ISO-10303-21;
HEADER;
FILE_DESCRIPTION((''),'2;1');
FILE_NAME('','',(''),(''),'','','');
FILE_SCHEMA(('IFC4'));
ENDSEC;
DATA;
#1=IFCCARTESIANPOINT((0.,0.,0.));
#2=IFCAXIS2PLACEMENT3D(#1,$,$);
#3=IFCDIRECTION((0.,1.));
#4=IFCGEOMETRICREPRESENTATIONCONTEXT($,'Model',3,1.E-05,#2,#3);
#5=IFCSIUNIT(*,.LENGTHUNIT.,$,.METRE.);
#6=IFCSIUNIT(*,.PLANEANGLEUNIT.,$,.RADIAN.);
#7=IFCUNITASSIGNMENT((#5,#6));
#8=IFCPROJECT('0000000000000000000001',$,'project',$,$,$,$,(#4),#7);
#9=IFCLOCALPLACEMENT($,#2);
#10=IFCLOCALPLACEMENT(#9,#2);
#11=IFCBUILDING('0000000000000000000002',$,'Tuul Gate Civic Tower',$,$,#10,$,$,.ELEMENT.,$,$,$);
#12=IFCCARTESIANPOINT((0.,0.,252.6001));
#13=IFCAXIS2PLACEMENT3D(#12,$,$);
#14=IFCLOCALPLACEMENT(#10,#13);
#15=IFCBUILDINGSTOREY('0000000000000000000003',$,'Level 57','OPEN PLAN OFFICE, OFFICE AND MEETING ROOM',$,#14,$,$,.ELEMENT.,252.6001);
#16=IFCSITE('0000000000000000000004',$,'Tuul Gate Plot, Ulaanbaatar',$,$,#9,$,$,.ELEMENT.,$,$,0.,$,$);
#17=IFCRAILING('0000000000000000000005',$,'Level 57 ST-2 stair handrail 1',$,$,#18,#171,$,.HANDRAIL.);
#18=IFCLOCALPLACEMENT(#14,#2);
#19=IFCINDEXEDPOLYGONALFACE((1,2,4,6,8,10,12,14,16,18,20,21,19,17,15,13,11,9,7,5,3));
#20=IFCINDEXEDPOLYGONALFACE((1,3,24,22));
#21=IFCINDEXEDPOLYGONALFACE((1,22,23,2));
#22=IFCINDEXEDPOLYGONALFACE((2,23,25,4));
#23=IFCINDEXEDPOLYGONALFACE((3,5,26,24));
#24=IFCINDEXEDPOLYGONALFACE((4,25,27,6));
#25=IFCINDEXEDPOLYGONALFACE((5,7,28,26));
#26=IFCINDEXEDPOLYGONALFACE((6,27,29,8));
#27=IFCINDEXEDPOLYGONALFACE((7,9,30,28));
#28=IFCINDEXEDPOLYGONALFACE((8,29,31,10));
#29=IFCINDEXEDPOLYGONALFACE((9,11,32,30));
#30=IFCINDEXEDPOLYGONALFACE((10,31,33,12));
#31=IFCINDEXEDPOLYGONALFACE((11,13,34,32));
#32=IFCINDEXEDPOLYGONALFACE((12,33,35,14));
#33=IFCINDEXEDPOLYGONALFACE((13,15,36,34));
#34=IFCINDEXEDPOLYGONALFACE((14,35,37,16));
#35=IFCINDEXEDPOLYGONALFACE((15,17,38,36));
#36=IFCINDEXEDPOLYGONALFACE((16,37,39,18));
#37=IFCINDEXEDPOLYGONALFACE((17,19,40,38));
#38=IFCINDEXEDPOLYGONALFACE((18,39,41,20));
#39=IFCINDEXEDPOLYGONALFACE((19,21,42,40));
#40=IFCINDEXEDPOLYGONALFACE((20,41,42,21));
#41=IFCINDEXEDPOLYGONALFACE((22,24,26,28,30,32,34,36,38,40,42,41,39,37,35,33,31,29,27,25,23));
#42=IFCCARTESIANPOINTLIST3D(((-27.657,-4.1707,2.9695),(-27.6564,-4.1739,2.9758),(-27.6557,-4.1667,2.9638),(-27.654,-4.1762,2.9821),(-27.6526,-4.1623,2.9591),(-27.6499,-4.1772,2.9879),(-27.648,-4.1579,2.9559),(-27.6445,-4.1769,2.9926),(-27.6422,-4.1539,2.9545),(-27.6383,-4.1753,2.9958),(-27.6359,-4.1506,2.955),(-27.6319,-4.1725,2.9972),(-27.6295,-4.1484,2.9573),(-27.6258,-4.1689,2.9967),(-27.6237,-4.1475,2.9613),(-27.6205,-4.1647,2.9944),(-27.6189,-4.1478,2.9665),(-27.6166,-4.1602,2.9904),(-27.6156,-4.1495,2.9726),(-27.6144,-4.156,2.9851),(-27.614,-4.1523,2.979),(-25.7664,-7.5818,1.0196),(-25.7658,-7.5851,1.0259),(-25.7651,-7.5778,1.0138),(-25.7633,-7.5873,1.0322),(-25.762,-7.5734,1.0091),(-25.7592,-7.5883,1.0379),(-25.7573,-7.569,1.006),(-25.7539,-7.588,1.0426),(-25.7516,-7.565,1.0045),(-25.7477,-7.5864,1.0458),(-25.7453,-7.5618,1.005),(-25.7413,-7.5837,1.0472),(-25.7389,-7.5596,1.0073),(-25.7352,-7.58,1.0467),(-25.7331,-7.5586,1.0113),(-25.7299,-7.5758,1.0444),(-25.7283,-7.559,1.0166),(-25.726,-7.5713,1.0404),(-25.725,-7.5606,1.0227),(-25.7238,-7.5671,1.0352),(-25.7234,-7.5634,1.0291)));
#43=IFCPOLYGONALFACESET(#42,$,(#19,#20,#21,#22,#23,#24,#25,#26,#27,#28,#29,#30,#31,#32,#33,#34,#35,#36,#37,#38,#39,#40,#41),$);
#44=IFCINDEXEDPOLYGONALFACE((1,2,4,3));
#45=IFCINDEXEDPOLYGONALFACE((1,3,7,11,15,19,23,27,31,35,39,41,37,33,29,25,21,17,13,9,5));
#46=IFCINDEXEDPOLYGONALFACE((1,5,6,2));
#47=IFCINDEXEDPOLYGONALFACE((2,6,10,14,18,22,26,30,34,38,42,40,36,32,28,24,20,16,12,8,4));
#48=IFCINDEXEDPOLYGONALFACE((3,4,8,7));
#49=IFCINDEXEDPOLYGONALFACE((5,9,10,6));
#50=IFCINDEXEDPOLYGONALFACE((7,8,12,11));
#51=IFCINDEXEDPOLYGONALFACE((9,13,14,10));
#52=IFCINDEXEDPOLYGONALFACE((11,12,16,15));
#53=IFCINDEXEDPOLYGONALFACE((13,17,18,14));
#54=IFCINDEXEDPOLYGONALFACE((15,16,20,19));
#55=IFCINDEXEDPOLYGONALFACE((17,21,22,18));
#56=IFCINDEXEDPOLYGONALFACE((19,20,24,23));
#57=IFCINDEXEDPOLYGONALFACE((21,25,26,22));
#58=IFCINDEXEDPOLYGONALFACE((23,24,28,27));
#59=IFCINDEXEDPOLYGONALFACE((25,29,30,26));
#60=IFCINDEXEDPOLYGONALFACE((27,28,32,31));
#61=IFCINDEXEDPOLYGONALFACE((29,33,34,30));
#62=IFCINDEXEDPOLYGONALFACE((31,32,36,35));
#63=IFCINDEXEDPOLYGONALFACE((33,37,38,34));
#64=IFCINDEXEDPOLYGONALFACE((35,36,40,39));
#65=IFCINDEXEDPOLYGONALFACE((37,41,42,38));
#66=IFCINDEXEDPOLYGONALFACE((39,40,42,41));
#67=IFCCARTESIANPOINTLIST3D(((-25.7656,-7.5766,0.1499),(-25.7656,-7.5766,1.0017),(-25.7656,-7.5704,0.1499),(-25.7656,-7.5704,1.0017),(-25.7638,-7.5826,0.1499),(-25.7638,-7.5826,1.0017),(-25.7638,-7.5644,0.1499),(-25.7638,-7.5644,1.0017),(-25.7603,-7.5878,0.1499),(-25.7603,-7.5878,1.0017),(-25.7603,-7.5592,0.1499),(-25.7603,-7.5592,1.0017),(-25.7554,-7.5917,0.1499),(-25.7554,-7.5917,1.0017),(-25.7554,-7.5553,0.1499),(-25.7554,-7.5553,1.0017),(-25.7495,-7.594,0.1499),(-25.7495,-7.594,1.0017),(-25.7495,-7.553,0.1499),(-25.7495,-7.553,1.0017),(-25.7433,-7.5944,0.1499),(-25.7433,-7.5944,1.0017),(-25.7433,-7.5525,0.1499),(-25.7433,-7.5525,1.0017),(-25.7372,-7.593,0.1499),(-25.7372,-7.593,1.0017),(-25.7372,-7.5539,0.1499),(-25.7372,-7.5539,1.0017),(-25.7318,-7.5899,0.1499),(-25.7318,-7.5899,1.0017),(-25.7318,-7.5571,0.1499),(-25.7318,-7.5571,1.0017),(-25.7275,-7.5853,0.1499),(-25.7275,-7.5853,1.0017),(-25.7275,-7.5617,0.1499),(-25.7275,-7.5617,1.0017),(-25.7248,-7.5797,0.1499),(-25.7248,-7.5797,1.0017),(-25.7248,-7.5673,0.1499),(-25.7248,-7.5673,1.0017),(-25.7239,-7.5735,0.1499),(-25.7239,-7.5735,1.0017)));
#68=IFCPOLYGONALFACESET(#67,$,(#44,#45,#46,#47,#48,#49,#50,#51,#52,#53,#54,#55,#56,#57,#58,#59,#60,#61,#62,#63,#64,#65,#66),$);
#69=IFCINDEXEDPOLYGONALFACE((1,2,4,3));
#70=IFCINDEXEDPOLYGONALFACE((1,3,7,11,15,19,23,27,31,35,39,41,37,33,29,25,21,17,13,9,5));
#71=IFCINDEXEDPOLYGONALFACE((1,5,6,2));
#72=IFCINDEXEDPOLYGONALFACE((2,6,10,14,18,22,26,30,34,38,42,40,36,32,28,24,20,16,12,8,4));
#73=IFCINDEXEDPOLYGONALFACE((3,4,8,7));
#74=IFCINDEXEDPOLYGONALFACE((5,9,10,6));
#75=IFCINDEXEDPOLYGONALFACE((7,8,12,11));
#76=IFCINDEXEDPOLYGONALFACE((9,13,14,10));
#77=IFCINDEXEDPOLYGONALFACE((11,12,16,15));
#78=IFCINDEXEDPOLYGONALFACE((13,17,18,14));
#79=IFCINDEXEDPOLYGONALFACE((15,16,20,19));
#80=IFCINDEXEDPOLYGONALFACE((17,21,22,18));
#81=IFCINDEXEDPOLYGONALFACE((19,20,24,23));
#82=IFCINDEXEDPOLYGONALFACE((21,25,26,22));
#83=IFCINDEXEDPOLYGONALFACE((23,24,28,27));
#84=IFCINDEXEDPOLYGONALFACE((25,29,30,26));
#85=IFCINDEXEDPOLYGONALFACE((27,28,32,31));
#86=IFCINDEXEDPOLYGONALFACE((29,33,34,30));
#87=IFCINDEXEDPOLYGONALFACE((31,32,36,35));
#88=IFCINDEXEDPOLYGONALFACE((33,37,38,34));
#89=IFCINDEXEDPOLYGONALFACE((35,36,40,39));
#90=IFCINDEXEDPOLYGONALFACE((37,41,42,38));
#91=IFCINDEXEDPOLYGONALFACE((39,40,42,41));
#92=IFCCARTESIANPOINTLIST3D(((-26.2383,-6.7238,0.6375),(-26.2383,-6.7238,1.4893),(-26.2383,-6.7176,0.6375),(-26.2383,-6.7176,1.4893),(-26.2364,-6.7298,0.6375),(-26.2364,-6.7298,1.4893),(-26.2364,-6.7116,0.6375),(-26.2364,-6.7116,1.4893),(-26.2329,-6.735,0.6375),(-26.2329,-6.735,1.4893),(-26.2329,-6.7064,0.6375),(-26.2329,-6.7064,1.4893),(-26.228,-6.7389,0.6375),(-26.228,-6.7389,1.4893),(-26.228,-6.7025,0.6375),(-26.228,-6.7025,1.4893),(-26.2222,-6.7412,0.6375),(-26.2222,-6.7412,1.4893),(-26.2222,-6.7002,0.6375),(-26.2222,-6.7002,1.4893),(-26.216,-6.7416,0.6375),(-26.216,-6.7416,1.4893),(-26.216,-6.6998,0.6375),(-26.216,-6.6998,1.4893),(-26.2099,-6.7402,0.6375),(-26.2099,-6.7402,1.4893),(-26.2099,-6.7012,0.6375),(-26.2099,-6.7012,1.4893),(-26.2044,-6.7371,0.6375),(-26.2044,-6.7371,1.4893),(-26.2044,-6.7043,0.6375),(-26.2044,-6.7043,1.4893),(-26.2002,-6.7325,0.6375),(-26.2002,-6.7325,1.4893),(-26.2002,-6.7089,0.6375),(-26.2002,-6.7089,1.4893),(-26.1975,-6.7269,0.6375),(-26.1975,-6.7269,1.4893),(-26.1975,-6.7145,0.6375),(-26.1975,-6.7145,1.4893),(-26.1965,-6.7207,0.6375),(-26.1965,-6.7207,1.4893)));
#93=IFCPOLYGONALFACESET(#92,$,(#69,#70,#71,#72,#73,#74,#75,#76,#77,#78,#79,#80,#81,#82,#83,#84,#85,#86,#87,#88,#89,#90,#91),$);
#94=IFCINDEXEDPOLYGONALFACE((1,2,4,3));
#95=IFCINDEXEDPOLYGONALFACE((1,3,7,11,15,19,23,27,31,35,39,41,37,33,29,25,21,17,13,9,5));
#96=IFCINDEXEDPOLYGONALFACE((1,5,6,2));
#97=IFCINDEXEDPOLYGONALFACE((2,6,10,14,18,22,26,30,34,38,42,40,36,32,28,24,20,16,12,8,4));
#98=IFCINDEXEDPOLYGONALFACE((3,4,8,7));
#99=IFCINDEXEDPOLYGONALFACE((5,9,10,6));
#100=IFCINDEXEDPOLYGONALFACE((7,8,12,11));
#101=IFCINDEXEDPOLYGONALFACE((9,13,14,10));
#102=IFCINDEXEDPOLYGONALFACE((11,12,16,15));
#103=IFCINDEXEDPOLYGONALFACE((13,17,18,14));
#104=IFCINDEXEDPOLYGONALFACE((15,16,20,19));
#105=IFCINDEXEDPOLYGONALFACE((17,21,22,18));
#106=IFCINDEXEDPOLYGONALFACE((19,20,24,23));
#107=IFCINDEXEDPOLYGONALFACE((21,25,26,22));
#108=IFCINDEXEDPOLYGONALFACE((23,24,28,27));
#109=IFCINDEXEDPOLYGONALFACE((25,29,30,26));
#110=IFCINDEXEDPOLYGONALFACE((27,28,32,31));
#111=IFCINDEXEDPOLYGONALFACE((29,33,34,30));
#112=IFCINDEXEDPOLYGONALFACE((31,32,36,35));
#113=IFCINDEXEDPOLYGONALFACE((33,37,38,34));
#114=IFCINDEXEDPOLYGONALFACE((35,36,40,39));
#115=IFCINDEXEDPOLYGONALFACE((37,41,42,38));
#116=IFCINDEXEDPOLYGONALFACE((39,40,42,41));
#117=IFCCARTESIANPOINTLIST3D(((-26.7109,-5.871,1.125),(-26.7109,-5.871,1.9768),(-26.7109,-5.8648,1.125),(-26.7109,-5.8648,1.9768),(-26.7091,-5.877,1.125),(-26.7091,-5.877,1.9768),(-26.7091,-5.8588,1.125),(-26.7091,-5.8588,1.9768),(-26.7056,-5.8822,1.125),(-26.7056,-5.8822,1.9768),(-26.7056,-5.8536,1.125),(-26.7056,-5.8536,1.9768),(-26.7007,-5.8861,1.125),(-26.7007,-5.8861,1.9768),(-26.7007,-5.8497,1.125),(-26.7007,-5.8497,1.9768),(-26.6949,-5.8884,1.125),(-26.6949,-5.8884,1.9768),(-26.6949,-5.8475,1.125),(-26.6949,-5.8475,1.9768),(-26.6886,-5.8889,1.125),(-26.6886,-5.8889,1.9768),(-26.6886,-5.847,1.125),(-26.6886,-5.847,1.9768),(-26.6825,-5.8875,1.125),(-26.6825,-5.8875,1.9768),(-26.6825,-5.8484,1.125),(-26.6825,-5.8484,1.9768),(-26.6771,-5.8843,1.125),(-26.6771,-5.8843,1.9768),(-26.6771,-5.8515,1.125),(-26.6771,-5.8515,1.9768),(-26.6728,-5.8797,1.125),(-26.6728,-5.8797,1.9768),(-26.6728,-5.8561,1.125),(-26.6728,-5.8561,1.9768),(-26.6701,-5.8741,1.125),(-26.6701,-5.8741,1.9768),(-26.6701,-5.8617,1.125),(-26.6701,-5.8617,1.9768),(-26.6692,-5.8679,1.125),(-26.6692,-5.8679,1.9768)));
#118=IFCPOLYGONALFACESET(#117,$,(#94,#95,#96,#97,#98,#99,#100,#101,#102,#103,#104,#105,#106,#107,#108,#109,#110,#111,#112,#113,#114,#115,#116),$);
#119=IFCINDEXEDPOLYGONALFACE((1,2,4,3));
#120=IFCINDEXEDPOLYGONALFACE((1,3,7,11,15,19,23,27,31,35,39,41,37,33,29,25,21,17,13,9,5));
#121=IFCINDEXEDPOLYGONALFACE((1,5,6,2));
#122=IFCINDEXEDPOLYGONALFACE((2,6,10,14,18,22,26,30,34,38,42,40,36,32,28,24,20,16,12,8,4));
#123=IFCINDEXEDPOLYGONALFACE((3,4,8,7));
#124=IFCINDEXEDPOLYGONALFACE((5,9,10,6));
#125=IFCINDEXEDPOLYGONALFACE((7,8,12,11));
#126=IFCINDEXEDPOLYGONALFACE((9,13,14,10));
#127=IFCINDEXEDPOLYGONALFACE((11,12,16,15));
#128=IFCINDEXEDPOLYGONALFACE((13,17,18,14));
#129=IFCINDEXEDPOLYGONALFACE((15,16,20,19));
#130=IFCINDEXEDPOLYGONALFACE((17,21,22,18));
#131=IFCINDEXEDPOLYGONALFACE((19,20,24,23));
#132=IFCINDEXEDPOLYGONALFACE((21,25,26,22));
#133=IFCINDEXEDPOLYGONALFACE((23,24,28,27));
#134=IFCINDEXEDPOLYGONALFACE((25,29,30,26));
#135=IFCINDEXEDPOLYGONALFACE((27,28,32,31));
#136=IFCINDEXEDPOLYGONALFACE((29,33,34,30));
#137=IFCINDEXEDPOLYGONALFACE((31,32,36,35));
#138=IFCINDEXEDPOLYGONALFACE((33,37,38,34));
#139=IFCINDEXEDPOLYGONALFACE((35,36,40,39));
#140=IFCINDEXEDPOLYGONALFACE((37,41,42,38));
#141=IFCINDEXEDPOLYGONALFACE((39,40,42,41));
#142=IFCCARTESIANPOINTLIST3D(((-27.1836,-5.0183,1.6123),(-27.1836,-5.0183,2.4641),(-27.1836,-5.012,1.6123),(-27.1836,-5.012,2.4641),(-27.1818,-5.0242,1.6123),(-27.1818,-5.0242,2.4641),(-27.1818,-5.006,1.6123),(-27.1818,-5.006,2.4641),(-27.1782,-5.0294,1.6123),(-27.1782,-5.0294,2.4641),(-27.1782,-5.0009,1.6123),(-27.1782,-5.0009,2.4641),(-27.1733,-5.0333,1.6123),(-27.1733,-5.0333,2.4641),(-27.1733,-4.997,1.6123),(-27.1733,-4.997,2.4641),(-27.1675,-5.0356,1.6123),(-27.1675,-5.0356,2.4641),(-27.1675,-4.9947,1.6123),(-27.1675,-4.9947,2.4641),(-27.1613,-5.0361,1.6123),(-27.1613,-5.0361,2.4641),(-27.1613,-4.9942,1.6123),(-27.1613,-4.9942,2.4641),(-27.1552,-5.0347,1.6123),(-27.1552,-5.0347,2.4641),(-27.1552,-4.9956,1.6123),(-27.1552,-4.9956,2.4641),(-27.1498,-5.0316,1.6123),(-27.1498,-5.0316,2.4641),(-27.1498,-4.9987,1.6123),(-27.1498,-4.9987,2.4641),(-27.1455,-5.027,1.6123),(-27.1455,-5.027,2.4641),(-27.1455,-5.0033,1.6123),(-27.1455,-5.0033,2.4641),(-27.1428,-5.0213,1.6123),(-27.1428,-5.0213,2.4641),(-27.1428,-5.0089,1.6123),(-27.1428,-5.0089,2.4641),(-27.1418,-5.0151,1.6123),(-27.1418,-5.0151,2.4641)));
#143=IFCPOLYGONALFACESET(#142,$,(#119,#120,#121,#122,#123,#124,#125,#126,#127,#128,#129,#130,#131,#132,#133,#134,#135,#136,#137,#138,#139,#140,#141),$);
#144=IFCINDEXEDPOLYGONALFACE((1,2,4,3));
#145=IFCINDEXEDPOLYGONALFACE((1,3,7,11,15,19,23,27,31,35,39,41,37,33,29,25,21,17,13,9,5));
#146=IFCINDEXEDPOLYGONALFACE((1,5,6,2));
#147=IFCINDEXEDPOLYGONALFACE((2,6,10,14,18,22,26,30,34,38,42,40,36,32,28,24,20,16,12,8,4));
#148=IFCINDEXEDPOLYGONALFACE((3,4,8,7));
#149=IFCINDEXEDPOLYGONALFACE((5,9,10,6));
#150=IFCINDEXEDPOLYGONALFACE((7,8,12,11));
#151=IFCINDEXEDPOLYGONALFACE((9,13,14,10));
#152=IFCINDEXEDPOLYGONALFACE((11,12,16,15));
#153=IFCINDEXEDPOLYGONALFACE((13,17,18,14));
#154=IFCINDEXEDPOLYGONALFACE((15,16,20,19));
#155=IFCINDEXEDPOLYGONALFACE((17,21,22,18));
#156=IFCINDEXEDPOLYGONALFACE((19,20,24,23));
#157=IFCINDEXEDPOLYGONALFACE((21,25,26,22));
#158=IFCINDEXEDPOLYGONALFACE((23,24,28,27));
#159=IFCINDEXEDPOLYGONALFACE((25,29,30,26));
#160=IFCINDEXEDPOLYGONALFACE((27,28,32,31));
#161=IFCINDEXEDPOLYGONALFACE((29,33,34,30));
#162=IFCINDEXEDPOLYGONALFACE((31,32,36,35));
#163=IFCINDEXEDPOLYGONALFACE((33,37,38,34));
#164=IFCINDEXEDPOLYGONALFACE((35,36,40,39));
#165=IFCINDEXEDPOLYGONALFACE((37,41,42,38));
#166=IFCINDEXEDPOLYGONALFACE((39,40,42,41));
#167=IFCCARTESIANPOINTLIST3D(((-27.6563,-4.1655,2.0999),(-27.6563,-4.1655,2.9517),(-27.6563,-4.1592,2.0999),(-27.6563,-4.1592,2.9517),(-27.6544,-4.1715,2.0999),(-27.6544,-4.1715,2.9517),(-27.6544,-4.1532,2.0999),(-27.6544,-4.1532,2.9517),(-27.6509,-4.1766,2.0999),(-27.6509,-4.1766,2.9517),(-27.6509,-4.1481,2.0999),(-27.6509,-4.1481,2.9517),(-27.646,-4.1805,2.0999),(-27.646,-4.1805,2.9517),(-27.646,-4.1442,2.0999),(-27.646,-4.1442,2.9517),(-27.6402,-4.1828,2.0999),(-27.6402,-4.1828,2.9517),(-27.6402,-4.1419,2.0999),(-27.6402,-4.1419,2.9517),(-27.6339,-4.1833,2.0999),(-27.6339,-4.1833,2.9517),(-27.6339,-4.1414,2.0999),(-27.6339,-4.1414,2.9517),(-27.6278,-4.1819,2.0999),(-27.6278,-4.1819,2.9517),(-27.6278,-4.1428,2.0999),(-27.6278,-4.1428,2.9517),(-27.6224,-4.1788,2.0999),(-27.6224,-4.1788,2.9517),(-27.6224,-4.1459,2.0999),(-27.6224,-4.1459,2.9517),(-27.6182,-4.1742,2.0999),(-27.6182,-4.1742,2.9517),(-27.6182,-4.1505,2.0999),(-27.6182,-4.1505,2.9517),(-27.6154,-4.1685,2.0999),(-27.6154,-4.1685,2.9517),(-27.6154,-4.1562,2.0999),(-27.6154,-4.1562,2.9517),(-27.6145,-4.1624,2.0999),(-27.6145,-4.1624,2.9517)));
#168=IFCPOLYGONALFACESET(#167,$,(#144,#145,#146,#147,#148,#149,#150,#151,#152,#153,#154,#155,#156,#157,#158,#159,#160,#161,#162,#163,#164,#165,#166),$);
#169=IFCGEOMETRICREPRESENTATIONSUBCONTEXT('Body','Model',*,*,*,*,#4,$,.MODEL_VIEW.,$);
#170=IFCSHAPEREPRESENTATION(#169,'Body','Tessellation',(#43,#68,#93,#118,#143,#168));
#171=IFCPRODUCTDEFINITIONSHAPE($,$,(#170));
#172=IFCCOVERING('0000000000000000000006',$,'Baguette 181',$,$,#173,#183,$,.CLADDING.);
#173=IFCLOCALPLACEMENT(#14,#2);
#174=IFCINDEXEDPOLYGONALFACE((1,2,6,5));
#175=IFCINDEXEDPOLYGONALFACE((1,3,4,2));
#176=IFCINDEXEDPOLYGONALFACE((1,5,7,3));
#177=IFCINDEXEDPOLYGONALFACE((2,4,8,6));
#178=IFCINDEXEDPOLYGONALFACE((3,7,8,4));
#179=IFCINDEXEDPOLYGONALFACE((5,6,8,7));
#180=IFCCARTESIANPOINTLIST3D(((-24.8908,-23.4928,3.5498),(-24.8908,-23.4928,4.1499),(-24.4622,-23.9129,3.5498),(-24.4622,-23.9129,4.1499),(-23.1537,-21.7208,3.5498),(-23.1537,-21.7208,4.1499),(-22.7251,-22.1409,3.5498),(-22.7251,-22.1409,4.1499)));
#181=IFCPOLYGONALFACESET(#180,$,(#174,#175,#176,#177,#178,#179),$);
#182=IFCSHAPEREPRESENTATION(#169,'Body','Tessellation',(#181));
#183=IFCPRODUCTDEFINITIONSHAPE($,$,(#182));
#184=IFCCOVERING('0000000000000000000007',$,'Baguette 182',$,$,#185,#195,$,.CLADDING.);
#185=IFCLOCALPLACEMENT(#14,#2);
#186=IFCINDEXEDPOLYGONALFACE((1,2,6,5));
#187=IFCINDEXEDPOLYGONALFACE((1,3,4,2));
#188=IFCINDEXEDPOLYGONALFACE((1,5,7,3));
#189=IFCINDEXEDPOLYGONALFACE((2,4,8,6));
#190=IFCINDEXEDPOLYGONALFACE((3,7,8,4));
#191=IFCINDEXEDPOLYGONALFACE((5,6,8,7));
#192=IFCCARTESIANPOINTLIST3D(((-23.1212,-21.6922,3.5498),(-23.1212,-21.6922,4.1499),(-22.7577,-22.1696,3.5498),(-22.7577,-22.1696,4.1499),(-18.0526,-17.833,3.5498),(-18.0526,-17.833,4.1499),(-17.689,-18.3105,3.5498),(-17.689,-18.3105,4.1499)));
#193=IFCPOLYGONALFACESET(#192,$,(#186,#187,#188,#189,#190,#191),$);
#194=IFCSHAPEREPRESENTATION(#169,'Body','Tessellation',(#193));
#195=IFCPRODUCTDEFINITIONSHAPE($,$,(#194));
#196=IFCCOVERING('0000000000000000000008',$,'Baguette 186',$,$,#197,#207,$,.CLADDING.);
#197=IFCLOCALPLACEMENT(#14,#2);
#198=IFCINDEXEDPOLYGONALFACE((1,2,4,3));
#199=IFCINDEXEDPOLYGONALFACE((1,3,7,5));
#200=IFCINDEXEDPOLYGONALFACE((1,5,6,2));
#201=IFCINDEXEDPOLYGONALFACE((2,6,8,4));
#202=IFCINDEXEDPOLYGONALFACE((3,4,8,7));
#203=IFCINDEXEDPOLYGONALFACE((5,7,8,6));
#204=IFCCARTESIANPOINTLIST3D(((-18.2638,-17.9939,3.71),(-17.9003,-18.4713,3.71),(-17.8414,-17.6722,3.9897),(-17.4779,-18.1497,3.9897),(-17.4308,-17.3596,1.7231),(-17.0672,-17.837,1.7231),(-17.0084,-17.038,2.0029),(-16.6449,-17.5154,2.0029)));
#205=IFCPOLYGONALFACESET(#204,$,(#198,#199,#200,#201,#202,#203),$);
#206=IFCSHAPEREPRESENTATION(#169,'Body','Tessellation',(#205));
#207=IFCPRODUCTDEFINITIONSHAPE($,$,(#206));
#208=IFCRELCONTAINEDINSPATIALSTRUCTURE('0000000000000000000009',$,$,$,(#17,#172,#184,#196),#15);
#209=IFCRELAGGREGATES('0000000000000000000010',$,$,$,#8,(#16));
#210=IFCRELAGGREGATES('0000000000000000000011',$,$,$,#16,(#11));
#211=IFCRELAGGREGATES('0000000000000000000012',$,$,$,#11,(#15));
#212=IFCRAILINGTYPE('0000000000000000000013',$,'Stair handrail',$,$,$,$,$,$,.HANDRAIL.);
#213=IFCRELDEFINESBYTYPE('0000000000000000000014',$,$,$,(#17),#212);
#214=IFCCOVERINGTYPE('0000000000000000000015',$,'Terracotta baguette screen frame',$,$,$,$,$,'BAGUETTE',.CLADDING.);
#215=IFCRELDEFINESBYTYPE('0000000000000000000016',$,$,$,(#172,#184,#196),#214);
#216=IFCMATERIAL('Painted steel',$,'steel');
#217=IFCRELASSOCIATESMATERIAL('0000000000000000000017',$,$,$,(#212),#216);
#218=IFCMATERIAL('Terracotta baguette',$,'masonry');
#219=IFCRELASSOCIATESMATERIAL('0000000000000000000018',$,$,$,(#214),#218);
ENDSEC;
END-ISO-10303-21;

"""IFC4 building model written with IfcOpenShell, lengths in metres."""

from ifc_helpers import new_model, si_unit, direction, frame, origin, origin_2d, place, context, subcontext, project, spatial, rectangle, circle, extrude, material, material_profile, profile_set, type_object, element, save


model = new_model("IFC4")

# Units and contexts
model_context = context("Model", 3, precision=1e-05, world=origin(), true_north=direction((0.0, 1.0)))
body_context = subcontext(model_context, "Body", "Model", "MODEL_VIEW")
ifc_project = project(units=[si_unit("LENGTHUNIT", "METRE"), si_unit("PLANEANGLEUNIT", "RADIAN")], contexts=[model_context])

# Site, building, storey
site_placement = place(None, origin())
site = spatial("IfcSite", under=ifc_project, at=site_placement, Name="Tuul Gate Plot, Ulaanbaatar", CompositionType="ELEMENT", RefElevation=0.0)
building_placement = place(site_placement, origin())
building = spatial("IfcBuilding", under=site, at=building_placement, Name="Tuul Gate Civic Tower", CompositionType="ELEMENT")
storey_placement = place(building_placement, frame((0.0, 0.0, 252.6001)))
storey = spatial("IfcBuildingStorey", under=building, at=storey_placement, Name="Level 57", Description="OPEN PLAN OFFICE, OFFICE AND MEETING ROOM", CompositionType="ELEMENT", Elevation=252.6001)

# Railing
ifc_material_1 = material(Name="Painted steel", Category="steel")
railing_type = type_object("IfcRailingType", Name="Stair handrail", PredefinedType="HANDRAIL", material=ifc_material_1)
railing_placement = place(storey_placement, frame((-25.7449, -7.5735, 0.1499)))
element("IfcRailing", 1, at=railing_placement, inside=storey, type_object=railing_type, Name="Level 57 ST-2 stair handrail 1", PredefinedType="HANDRAIL", context=body_context, shape_type="SweptSolid", body=[
    extrude(circle(Radius=0.0239, at=origin_2d()), frame((0.0, 0.0, 0.876), z_axis=(-0.433595, 0.782308, 0.447201), x_axis=(-0.874641, -0.484771, 0.0)), (0.0, 0.0, 1.0), 4.3604),
    extrude(circle(Radius=0.021, at=origin_2d()), origin(), (0.0, 0.0, 1.0), 0.8518),
    extrude(circle(Radius=0.021, at=origin_2d()), frame((-0.4727, 0.8528, 0.4875)), (0.0, 0.0, 1.0), 0.8518),
    extrude(circle(Radius=0.021, at=origin_2d()), frame((-0.9453, 1.7056, 0.9751)), (0.0, 0.0, 1.0), 0.8518),
    extrude(circle(Radius=0.021, at=origin_2d()), frame((-1.418, 2.5583, 1.4624)), (0.0, 0.0, 1.0), 0.8518),
    extrude(circle(Radius=0.021, at=origin_2d()), frame((-1.8906, 3.4111, 1.95)), (0.0, 0.0, 1.0), 0.8518),
])

# Coverings
ifc_material_2 = material(Name="Terracotta baguette", Category="masonry")
ifc_material_profile_1 = material_profile(ifc_material_2, rectangle(XDim=0.6001, YDim=0.6001, at=origin_2d()), Name="Terracotta baguette screen frame")
ifc_profile_set_1 = profile_set([ifc_material_profile_1], Name="Terracotta baguette")
covering_type = type_object("IfcCoveringType", Name="Terracotta baguette screen frame", ElementType="BAGUETTE", PredefinedType="CLADDING", material=ifc_profile_set_1)
covering_1_placement = place(storey_placement, frame((-24.6765, -23.7029, 3.8499), z_axis=(0.700037, 0.714107, 0.0), x_axis=(-0.714107, 0.700037, 0.0)))
element("IfcCovering", 2, at=covering_1_placement, inside=storey, type_object=covering_type, Name="Baguette 181", PredefinedType="CLADDING", context=body_context, shape_type="SweptSolid", body=[
    extrude(rectangle(XDim=0.6001, YDim=0.6001, at=origin_2d()), origin(), (0.0, 0.0, 1.0), 2.4814),
])
covering_2_placement = place(storey_placement, frame((-22.9395, -21.9309, 3.8499), z_axis=(0.795633, 0.605779, 0.0), x_axis=(-0.605779, 0.795633, 0.0)))
element("IfcCovering", 3, at=covering_2_placement, inside=storey, type_object=covering_type, Name="Baguette 182", PredefinedType="CLADDING", context=body_context, shape_type="SweptSolid", body=[
    extrude(rectangle(XDim=0.6001, YDim=0.6001, at=origin_2d()), origin(), (0.0, 0.0, 1.0), 6.3706),
])
covering_3_placement = place(storey_placement, frame((-17.8708, -18.0718, 3.8499), z_axis=(0.370917, 0.282427, -0.884678), x_axis=(-0.605804, 0.795614, 0.0)))
element("IfcCovering", 4, at=covering_3_placement, inside=storey, type_object=covering_type, Name="Baguette 186", PredefinedType="CLADDING", context=body_context, shape_type="SweptSolid", body=[
    extrude(rectangle(XDim=0.6001, YDim=0.6001, at=origin_2d()), origin(), (0.0, 0.0, 1.0), 2.2458),
])

save(model, "model.ifc")
